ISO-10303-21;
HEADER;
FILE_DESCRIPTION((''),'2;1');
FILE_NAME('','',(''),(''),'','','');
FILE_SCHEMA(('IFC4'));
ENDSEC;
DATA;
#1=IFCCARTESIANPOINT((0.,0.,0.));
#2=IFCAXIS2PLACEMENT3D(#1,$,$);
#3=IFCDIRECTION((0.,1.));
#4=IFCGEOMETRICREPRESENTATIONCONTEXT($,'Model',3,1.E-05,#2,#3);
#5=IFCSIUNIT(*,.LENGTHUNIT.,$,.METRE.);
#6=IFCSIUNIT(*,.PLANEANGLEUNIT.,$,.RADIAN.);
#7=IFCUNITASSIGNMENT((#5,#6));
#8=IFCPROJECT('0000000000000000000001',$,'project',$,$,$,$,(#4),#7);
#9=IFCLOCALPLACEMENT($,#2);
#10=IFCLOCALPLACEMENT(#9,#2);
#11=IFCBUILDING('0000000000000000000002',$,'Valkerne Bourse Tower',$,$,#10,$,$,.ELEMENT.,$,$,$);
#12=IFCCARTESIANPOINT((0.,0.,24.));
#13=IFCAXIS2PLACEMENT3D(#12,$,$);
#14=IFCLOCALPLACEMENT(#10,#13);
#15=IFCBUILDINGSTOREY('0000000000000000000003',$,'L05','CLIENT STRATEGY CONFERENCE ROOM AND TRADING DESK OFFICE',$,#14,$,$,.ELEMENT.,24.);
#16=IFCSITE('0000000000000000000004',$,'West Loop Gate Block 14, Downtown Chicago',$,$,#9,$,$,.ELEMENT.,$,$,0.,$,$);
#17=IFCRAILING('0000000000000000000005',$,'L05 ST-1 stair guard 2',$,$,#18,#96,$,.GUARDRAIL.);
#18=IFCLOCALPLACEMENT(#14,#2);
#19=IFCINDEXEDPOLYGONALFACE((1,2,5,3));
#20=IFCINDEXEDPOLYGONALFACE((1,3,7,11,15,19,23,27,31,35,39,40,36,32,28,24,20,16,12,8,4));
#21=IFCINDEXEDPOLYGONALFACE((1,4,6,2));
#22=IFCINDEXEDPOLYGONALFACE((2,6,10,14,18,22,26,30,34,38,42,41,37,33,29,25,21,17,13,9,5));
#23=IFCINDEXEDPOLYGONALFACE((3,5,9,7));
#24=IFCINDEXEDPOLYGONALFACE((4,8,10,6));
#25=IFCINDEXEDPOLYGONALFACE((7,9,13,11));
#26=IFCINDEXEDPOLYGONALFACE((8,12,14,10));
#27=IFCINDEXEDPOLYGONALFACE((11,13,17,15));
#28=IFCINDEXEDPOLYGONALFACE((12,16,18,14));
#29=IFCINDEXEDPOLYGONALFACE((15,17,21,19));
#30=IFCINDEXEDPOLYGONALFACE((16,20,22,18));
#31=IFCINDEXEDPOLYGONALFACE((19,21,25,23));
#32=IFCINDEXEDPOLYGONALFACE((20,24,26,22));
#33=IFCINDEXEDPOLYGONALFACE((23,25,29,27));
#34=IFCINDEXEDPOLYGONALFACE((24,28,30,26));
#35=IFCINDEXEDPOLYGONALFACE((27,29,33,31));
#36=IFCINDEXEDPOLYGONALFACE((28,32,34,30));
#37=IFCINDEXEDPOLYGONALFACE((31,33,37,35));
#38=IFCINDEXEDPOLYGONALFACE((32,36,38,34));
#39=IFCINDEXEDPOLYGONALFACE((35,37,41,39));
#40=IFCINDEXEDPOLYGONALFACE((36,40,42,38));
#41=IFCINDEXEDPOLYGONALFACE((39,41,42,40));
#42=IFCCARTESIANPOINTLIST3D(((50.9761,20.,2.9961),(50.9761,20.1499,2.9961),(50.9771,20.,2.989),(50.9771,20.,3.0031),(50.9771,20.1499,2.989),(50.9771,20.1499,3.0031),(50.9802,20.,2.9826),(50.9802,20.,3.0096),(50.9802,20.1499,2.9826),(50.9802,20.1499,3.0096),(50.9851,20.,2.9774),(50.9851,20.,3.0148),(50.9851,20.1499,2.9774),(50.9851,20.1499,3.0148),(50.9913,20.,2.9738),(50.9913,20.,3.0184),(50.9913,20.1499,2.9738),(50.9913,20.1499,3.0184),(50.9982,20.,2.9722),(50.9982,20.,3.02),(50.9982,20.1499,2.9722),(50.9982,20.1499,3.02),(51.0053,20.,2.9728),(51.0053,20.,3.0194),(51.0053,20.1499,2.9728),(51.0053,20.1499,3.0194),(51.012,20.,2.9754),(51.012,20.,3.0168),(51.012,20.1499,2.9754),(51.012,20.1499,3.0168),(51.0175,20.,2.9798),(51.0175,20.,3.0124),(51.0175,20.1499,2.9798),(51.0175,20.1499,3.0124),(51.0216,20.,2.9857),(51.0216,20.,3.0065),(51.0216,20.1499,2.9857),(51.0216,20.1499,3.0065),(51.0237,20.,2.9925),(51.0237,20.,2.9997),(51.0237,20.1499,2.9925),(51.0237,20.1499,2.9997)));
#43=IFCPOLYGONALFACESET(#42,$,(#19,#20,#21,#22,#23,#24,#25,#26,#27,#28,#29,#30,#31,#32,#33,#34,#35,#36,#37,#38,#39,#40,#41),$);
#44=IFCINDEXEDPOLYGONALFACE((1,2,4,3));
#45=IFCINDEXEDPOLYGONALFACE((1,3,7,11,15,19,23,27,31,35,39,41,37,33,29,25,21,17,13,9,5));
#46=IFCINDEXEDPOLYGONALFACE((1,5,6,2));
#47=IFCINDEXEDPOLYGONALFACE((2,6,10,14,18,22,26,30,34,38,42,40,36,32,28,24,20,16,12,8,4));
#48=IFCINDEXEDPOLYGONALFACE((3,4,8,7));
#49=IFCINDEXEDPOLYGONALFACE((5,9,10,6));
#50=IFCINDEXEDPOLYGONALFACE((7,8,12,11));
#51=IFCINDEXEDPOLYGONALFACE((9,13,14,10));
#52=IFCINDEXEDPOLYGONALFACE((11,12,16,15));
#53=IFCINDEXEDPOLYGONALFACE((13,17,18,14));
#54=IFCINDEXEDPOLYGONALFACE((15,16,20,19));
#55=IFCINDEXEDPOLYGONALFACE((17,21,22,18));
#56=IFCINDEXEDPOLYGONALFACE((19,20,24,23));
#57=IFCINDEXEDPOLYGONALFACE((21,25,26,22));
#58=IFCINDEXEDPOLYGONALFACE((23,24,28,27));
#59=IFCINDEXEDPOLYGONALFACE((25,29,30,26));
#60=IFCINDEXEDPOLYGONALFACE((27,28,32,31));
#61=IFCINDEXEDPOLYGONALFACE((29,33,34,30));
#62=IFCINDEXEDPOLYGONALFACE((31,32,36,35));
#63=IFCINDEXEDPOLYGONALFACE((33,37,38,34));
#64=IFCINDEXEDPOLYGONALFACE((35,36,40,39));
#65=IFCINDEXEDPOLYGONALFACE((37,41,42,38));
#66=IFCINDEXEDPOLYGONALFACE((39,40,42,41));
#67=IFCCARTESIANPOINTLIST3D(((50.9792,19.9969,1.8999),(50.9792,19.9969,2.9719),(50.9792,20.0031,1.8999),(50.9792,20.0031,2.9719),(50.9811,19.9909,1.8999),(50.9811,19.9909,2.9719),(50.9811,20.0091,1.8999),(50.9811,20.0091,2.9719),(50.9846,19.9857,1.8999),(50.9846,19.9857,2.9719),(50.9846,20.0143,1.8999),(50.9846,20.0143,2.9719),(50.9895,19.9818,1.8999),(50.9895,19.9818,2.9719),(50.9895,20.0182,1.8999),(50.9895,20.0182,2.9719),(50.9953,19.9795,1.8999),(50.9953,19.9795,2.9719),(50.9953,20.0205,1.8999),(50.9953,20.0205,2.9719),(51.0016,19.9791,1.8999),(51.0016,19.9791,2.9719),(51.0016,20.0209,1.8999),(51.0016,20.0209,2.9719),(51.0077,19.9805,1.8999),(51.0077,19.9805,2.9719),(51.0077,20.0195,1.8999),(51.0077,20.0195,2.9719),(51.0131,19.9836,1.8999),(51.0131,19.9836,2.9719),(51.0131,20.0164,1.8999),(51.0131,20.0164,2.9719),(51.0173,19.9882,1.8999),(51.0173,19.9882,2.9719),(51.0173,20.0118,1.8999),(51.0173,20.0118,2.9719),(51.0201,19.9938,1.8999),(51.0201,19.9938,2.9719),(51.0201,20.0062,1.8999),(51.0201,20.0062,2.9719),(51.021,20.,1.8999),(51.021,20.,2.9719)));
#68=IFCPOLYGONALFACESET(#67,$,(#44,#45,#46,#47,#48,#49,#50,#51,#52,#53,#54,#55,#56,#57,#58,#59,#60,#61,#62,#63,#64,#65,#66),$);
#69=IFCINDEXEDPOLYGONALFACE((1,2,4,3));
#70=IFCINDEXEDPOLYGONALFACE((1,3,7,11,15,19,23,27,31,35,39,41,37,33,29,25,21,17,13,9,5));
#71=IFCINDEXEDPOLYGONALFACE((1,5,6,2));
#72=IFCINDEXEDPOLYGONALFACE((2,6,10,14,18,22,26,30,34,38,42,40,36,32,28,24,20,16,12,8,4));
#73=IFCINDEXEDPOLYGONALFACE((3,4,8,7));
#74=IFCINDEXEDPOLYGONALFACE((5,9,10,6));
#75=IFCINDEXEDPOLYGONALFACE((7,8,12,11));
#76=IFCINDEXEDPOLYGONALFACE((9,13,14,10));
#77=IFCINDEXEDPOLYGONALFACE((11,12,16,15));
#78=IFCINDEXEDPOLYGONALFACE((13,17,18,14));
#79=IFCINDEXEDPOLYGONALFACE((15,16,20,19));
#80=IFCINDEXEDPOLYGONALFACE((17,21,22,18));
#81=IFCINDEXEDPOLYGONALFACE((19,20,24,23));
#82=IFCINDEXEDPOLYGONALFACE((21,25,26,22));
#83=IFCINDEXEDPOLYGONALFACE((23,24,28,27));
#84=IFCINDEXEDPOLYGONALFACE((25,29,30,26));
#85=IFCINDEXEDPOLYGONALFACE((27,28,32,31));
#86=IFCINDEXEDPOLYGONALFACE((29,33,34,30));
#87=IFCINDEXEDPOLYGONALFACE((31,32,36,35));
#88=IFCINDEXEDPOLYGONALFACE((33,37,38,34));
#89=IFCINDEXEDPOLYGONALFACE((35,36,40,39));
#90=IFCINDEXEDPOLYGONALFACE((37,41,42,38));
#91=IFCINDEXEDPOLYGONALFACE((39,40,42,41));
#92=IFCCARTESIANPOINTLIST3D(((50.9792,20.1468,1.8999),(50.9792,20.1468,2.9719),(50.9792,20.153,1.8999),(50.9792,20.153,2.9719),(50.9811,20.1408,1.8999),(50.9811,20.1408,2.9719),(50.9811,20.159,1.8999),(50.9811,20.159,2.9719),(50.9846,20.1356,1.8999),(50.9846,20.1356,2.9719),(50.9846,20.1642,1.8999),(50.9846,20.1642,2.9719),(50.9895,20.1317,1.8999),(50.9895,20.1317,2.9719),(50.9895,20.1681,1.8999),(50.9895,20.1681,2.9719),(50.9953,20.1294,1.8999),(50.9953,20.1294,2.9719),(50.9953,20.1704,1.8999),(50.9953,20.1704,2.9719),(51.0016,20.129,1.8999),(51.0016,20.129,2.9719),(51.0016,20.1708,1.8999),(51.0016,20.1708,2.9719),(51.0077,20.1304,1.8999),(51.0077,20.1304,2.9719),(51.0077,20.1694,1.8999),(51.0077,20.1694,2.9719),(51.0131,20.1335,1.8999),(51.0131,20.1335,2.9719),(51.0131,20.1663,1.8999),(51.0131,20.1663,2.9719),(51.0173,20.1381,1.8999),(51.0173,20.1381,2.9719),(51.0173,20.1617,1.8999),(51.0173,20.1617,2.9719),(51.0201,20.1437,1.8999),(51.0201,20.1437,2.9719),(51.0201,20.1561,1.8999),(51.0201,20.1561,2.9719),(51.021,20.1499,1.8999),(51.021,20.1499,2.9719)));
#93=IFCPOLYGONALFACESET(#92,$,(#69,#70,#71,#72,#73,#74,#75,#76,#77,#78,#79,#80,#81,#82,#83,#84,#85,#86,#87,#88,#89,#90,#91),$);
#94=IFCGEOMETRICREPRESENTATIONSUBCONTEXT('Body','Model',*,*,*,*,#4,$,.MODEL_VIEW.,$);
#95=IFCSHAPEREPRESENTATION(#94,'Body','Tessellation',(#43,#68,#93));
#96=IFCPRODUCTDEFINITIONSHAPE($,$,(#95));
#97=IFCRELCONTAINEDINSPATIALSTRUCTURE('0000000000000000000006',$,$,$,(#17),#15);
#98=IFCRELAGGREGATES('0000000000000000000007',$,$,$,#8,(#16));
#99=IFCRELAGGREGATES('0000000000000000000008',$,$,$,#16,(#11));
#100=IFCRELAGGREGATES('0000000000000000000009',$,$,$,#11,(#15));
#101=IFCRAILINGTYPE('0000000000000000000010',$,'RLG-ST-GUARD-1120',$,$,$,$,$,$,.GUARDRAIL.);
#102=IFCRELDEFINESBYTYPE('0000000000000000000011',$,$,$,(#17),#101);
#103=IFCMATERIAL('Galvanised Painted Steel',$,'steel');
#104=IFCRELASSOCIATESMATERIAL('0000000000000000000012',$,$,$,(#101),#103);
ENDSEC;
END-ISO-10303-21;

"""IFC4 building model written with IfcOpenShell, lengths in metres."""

from ifc_helpers import new_model, si_unit, direction, frame, origin, origin_2d, place, context, subcontext, project, spatial, circle, extrude, material, type_object, element, save


model = new_model("IFC4")

# Units and contexts
model_context = context("Model", 3, precision=1e-05, world=origin(), true_north=direction((0.0, 1.0)))
body_context = subcontext(model_context, "Body", "Model", "MODEL_VIEW")
ifc_project = project(units=[si_unit("LENGTHUNIT", "METRE"), si_unit("PLANEANGLEUNIT", "RADIAN")], contexts=[model_context])

# Site, building, storey
site_placement = place(None, origin())
site = spatial("IfcSite", under=ifc_project, at=site_placement, Name="West Loop Gate Block 14, Downtown Chicago", CompositionType="ELEMENT", RefElevation=0.0)
building_placement = place(site_placement, origin())
building = spatial("IfcBuilding", under=site, at=building_placement, Name="Valkerne Bourse Tower", CompositionType="ELEMENT")
storey_placement = place(building_placement, frame((0.0, 0.0, 24.0)))
storey = spatial("IfcBuildingStorey", under=building, at=storey_placement, Name="L05", Description="CLIENT STRATEGY CONFERENCE ROOM AND TRADING DESK OFFICE", CompositionType="ELEMENT", Elevation=24.0)

# Shared definitions
ifc_material_1 = material(Name="Galvanised Painted Steel", Category="steel")

# Railing
railing_type_1 = type_object("IfcRailingType", Name="RLG-ST-GUARD-1120", PredefinedType="GUARDRAIL", material=ifc_material_1)
railing_1_placement = place(storey_placement, frame((51.0, 20.0, 1.8999)))
element("IfcRailing", 1, at=railing_1_placement, inside=storey, type_object=railing_type_1, Name="L05 ST-1 stair guard 2", PredefinedType="GUARDRAIL", context=body_context, shape_type="SweptSolid", body=[
    extrude(circle(Radius=0.0239, at=origin_2d()), frame((0.0, 0.0, 1.0962), z_axis=(0.0, 1.0, 0.0), x_axis=(-1.0, 0.0, 0.0)), (0.0, 0.0, 1.0), 0.1499),
    extrude(circle(Radius=0.021, at=origin_2d()), origin(), (0.0, 0.0, 1.0), 1.072),
    extrude(circle(Radius=0.021, at=origin_2d()), frame((0.0, 0.1499, 0.0)), (0.0, 0.0, 1.0), 1.072),
])

save(model, "model.ifc")
